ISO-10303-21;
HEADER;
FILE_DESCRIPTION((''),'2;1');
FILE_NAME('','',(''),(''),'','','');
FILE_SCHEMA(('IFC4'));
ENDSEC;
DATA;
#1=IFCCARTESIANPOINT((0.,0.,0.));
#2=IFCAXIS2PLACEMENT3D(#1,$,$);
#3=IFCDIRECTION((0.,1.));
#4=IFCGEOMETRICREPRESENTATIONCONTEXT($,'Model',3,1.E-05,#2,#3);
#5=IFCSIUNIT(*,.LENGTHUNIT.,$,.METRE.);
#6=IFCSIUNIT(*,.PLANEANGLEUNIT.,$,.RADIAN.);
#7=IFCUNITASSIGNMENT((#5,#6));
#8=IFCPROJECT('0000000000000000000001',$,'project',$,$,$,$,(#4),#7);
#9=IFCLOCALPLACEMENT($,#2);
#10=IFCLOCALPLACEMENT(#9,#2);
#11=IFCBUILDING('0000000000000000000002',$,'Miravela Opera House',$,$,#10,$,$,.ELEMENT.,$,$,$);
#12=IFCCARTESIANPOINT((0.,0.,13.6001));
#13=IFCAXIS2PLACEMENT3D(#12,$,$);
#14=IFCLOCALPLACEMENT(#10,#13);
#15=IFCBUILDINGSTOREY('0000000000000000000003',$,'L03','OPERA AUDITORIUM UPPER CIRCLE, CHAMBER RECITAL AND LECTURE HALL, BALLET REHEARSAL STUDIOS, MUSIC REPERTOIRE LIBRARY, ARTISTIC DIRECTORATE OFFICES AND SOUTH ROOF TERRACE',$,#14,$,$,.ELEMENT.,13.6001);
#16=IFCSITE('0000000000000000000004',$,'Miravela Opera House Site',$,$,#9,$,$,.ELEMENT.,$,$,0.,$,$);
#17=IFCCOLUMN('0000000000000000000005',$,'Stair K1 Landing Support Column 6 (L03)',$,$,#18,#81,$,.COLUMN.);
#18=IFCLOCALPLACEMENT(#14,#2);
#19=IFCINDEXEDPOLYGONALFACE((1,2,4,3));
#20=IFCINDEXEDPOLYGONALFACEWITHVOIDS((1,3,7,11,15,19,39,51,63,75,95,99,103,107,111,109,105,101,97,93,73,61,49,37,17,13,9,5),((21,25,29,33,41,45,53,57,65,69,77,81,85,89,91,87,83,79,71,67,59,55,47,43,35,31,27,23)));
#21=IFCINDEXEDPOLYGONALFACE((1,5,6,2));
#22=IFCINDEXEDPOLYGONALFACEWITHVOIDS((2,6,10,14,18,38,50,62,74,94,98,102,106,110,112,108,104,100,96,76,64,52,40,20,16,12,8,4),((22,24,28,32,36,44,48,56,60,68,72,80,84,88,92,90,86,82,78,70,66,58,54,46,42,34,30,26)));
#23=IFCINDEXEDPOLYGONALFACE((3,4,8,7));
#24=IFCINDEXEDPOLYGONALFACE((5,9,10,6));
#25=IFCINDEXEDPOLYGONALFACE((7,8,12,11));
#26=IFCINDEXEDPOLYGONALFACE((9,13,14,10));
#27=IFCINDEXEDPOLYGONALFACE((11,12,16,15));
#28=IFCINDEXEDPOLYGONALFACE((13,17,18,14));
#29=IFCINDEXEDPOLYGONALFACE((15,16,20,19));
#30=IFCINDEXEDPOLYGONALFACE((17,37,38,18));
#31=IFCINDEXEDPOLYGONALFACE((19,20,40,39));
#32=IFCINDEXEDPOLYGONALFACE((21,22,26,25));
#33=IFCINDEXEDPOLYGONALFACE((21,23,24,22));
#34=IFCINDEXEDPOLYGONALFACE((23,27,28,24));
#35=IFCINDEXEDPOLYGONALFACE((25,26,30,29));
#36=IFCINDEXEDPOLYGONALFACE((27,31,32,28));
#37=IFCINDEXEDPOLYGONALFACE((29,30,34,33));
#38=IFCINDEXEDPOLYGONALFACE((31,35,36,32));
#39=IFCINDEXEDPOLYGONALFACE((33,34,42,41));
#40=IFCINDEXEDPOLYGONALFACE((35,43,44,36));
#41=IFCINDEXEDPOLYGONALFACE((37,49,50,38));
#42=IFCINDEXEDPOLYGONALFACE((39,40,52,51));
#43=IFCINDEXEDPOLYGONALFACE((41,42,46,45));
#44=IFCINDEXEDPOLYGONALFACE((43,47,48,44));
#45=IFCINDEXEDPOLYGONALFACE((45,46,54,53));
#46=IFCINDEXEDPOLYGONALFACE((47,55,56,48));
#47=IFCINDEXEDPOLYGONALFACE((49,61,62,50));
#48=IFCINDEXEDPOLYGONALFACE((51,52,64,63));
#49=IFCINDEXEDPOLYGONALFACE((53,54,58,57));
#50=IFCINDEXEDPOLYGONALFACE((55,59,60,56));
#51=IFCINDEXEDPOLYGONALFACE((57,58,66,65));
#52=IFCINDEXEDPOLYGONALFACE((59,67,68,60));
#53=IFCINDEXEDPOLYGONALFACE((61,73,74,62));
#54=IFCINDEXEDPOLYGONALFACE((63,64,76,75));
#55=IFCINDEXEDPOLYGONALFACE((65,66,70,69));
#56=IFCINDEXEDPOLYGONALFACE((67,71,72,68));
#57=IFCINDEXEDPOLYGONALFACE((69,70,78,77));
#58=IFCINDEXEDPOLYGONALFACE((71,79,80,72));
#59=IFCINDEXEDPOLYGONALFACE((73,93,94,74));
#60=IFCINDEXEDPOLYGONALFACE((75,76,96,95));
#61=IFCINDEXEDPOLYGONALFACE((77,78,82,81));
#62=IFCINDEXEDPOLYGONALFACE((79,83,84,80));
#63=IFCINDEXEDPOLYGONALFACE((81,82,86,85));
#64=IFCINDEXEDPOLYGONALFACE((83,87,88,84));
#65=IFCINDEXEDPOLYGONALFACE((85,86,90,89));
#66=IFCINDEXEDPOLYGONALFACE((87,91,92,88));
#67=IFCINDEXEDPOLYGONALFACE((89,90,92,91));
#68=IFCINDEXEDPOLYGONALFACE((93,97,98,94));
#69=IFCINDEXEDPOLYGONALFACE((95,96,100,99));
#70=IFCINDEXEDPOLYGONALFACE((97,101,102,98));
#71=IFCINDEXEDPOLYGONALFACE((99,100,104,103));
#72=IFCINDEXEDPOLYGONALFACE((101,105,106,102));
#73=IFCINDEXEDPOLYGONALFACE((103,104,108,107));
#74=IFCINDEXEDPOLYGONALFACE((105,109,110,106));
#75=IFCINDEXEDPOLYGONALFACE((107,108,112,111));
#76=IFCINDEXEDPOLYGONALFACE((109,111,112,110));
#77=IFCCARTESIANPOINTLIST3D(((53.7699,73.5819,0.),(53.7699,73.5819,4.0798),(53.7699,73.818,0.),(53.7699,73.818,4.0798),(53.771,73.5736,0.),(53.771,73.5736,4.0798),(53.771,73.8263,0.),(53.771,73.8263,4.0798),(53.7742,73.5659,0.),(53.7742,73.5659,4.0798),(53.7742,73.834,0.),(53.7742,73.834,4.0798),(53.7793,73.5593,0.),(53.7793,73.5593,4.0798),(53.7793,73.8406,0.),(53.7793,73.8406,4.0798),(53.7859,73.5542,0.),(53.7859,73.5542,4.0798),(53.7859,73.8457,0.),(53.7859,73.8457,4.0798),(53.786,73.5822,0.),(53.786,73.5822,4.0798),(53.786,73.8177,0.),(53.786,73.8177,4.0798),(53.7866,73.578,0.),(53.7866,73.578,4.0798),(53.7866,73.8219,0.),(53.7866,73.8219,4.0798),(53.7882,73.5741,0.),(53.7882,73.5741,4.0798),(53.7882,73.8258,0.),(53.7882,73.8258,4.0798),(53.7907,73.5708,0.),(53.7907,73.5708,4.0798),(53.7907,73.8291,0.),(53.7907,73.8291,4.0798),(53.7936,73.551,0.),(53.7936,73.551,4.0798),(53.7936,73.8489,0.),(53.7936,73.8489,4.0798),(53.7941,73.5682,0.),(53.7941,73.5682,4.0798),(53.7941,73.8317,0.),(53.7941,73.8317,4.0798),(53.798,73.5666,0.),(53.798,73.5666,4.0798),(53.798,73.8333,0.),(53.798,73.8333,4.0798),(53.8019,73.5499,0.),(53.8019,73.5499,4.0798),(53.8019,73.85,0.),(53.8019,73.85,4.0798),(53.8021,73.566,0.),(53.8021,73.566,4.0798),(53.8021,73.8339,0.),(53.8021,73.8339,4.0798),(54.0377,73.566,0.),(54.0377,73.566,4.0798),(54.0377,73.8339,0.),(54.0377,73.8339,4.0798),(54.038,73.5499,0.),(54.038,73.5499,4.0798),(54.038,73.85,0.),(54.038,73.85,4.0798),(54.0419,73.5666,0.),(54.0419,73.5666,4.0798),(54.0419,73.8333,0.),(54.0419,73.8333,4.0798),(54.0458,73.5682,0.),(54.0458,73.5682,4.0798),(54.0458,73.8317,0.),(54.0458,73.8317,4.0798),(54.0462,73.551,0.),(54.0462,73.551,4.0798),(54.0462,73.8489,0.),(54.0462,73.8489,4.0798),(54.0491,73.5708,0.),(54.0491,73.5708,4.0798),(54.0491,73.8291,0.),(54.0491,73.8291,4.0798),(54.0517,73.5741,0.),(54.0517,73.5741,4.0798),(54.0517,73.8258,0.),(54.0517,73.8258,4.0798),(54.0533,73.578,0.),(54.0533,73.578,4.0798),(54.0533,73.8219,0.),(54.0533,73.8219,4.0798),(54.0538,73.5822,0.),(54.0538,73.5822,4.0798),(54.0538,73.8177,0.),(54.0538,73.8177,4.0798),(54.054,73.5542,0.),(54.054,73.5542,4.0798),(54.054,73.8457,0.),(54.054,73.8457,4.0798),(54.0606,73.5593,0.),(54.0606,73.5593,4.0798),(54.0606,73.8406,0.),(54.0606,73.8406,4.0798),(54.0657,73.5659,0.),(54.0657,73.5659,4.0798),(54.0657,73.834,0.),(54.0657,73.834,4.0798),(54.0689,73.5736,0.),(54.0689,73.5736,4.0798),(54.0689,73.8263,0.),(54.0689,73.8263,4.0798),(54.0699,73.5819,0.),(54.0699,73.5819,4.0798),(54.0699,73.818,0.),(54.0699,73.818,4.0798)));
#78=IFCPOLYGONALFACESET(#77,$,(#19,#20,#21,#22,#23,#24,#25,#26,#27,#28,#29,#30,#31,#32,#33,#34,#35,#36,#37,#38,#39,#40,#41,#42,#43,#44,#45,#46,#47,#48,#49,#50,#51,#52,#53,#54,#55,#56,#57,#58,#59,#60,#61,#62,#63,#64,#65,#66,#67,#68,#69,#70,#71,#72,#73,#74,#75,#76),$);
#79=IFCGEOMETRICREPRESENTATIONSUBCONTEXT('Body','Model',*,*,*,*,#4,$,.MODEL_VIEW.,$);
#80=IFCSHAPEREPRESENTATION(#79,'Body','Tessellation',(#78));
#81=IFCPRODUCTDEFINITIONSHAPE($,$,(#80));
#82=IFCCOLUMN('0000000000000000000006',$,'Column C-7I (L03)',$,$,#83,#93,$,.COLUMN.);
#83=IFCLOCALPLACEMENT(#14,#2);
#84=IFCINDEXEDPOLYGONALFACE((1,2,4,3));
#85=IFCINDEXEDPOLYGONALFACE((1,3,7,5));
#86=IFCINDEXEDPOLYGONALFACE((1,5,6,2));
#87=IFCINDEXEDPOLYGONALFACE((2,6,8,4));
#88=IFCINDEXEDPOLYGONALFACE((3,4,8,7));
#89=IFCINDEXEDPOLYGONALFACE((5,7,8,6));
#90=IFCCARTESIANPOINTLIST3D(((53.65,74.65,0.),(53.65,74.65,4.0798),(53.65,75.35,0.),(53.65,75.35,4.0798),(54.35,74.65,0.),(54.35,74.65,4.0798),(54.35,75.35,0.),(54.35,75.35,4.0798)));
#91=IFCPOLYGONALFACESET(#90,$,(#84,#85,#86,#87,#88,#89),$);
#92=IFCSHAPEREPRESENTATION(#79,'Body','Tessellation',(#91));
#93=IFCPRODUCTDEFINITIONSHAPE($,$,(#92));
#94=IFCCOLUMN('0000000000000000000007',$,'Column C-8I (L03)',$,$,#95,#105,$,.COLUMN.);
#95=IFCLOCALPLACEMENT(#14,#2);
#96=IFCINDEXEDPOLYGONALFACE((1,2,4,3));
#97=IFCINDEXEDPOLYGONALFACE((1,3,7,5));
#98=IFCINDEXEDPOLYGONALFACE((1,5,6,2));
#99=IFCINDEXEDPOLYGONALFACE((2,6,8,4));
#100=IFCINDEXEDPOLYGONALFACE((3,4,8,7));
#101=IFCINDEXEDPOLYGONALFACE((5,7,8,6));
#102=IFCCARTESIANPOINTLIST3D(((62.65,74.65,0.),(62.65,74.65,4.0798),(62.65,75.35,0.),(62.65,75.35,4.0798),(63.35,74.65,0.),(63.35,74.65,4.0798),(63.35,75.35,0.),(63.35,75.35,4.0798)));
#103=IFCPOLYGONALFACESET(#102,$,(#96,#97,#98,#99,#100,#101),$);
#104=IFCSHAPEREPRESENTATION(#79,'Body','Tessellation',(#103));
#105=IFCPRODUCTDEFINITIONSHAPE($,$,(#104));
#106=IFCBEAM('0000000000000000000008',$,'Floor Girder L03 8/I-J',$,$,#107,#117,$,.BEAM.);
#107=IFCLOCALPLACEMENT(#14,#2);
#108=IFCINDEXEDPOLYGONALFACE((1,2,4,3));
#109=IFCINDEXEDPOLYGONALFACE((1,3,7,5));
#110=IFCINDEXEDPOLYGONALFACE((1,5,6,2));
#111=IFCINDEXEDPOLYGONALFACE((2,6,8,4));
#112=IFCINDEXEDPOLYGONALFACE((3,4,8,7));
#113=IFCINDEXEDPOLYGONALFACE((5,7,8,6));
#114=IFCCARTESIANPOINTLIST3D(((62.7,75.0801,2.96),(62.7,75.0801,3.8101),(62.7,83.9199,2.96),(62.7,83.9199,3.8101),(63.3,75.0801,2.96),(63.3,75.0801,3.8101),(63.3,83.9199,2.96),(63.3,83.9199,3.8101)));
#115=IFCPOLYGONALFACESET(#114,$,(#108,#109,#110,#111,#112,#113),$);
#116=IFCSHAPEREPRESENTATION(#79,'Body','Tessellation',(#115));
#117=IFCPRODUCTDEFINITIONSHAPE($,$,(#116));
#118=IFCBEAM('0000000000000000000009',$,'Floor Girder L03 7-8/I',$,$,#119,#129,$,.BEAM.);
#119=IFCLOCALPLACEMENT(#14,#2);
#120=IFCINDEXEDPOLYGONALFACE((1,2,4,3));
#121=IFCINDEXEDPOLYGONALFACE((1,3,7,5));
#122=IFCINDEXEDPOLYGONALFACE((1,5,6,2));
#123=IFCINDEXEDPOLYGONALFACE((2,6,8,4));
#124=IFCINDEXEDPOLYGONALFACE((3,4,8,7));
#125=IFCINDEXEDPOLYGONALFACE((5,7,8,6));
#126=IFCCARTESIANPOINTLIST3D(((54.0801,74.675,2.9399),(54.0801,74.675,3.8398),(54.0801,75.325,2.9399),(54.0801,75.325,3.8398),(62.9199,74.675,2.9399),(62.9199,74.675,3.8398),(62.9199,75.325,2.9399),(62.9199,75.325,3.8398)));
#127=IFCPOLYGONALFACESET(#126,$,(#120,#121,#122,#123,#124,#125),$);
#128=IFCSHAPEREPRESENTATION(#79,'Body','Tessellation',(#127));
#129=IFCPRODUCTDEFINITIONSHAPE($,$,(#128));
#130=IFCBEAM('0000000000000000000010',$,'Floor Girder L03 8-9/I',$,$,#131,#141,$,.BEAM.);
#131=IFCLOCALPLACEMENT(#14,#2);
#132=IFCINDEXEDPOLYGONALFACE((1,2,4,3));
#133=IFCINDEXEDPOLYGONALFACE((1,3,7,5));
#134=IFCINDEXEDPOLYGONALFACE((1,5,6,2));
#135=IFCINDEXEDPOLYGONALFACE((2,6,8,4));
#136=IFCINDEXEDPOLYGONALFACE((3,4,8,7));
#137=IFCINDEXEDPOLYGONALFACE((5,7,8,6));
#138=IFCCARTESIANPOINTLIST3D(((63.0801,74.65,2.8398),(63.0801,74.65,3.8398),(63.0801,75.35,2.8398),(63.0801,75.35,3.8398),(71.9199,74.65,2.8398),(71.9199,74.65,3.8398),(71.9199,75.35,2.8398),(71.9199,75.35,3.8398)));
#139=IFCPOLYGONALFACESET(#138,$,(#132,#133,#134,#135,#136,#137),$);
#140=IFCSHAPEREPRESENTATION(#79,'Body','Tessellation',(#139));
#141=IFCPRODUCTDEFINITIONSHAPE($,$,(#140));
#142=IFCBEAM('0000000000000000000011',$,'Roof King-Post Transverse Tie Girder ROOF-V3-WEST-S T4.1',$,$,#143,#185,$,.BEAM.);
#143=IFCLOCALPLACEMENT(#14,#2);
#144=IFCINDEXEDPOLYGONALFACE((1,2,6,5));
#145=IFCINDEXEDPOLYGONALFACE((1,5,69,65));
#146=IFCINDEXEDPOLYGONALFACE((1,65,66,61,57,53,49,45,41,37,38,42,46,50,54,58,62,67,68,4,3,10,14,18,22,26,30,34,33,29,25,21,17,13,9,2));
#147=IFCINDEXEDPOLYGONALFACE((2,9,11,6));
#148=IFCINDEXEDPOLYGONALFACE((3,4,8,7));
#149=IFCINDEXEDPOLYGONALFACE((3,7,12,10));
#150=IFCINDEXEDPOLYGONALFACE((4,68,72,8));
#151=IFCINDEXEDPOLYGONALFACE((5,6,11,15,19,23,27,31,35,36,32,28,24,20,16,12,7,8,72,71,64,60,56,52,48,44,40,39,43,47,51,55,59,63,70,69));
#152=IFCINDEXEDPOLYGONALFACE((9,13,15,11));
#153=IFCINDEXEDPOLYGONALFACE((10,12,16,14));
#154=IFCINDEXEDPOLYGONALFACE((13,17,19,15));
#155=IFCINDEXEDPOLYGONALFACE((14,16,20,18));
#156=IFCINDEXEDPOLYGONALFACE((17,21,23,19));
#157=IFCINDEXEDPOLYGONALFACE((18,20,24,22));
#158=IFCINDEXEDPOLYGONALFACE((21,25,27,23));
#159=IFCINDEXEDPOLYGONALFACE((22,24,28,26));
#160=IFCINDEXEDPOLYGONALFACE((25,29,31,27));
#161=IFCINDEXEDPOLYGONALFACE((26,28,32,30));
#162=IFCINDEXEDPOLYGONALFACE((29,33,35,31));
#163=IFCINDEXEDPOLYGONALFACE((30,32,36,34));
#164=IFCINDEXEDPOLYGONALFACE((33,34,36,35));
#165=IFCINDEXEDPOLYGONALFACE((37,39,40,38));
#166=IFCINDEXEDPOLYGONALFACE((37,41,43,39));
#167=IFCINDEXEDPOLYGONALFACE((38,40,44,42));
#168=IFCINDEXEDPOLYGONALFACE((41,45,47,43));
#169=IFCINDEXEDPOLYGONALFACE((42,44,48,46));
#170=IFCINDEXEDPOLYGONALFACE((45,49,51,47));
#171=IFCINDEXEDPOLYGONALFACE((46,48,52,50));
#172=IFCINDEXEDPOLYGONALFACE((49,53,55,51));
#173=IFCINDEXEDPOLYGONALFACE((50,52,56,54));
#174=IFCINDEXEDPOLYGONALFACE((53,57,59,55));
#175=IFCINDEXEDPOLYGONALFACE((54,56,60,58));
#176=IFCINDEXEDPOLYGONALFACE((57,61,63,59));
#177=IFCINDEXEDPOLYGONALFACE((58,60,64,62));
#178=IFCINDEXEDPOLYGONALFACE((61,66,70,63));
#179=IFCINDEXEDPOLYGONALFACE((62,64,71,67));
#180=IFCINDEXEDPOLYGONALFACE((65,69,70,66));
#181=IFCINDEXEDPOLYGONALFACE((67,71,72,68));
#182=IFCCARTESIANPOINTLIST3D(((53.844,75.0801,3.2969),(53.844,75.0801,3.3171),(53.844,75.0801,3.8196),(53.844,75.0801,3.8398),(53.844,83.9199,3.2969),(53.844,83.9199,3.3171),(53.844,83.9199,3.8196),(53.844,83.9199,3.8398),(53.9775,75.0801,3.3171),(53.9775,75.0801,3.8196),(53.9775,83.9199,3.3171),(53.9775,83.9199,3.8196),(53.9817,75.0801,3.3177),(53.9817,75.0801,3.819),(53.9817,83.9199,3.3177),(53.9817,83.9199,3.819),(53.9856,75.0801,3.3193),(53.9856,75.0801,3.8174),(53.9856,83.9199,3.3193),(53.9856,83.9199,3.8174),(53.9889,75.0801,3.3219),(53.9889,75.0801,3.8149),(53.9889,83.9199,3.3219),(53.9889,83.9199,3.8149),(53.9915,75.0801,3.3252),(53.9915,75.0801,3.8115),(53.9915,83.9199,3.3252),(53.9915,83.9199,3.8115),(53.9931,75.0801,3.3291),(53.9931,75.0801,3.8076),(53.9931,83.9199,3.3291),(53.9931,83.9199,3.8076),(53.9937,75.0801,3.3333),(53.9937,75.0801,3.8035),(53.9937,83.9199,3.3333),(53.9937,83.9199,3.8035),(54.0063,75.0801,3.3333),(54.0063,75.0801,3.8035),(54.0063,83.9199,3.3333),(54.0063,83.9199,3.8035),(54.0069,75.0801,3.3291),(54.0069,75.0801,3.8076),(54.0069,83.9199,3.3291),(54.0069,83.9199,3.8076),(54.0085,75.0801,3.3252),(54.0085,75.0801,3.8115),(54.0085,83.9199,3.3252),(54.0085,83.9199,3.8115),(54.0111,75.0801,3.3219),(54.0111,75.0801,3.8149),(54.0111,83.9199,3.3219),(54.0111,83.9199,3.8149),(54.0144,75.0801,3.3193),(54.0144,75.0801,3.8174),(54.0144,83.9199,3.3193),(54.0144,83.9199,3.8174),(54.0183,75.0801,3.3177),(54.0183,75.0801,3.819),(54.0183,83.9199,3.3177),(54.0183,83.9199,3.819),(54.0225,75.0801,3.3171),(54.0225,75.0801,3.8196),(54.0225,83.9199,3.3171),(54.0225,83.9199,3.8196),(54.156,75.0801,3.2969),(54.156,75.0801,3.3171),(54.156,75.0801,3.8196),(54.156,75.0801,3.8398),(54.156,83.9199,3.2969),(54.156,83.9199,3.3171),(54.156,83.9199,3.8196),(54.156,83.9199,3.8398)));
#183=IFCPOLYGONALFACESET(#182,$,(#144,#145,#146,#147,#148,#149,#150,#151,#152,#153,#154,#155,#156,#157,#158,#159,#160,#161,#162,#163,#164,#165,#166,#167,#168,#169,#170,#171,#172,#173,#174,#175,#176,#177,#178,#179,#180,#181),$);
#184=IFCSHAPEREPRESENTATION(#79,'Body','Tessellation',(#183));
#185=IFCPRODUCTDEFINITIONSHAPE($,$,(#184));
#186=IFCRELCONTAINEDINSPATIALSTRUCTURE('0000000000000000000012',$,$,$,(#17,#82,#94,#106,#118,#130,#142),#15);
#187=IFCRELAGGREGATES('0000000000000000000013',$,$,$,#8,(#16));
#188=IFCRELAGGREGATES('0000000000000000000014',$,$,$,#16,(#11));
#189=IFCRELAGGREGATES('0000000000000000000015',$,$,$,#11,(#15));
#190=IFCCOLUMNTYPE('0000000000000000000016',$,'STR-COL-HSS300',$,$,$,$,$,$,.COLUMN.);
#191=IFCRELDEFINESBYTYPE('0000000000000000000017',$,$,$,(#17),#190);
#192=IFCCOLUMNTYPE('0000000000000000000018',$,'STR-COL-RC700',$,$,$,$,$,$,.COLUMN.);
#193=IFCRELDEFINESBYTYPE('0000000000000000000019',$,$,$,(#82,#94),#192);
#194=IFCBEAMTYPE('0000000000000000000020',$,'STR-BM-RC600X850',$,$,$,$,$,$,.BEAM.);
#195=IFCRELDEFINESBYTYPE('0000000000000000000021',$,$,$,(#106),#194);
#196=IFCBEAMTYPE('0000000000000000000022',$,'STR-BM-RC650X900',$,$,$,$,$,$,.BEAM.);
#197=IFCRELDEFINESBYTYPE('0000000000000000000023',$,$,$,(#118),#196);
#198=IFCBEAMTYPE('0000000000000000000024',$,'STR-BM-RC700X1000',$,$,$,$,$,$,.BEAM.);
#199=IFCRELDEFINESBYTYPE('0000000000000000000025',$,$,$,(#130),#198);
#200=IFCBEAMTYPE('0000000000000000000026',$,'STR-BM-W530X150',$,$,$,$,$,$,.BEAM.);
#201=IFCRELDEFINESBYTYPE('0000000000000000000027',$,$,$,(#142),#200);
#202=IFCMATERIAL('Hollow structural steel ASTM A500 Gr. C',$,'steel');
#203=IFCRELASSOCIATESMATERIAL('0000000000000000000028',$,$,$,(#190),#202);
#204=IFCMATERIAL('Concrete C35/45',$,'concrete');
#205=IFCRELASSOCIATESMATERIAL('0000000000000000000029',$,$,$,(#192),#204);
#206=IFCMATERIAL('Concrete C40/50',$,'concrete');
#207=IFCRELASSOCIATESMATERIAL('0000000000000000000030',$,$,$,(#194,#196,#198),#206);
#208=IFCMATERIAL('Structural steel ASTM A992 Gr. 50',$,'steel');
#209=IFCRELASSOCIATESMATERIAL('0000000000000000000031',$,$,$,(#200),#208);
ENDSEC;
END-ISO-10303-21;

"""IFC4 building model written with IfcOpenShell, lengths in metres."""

from ifc_helpers import new_model, si_unit, direction, frame, origin, origin_2d, place, context, subcontext, project, spatial, rectangle, hollow_rectangle, i_section, extrude, material, material_profile, profile_set, type_object, element, save


model = new_model("IFC4")

# Units and contexts
model_context = context("Model", 3, precision=1e-05, world=origin(), true_north=direction((0.0, 1.0)))
body_context = subcontext(model_context, "Body", "Model", "MODEL_VIEW")
ifc_project = project(units=[si_unit("LENGTHUNIT", "METRE"), si_unit("PLANEANGLEUNIT", "RADIAN")], contexts=[model_context])

# Site, building, storey
site_placement = place(None, origin())
site = spatial("IfcSite", under=ifc_project, at=site_placement, Name="Miravela Opera House Site", CompositionType="ELEMENT", RefElevation=0.0)
building_placement = place(site_placement, origin())
building = spatial("IfcBuilding", under=site, at=building_placement, Name="Miravela Opera House", CompositionType="ELEMENT")
storey_placement = place(building_placement, frame((0.0, 0.0, 13.6001)))
storey = spatial("IfcBuildingStorey", under=building, at=storey_placement, Name="L03", Description="OPERA AUDITORIUM UPPER CIRCLE, CHAMBER RECITAL AND LECTURE HALL, BALLET REHEARSAL STUDIOS, MUSIC REPERTOIRE LIBRARY, ARTISTIC DIRECTORATE OFFICES AND SOUTH ROOF TERRACE", CompositionType="ELEMENT", Elevation=13.6001)

# Columns
ifc_material_1 = material(Name="Hollow structural steel ASTM A500 Gr. C", Category="steel")
ifc_material_profile_1 = material_profile(ifc_material_1, hollow_rectangle(XDim=0.3, YDim=0.3, WallThickness=0.0161, InnerFilletRadius=0.0161, OuterFilletRadius=0.032, at=origin_2d()), Name="HSS300X300X16")
ifc_profile_set_1 = profile_set([ifc_material_profile_1])
column_type_1 = type_object("IfcColumnType", Name="STR-COL-HSS300", PredefinedType="COLUMN", material=ifc_profile_set_1)
for number, where, z_axis, x_axis, name in (
    (1, (53.9199, 73.7, 0.0), (0.0, 0.0, 1.0), (1.0, 0.0, 0.0), "Stair K1 Landing Support Column 6 (L03)"),
):
    element("IfcColumn", number, at=place(storey_placement, frame(where, z_axis=z_axis, x_axis=x_axis)), inside=storey, type_object=column_type_1, Name=name, PredefinedType="COLUMN", context=body_context, shape_type="SweptSolid", body=[
        extrude(hollow_rectangle(XDim=0.3, YDim=0.3, WallThickness=0.0161, InnerFilletRadius=0.0161, OuterFilletRadius=0.032, at=origin_2d()), origin(), (0.0, 0.0, 1.0), 4.0798),
    ])
ifc_material_2 = material(Name="Concrete C35/45", Category="concrete")
ifc_material_profile_2 = material_profile(ifc_material_2, rectangle(XDim=0.7, YDim=0.7, at=origin_2d()), Name="RC-COL-700X700")
ifc_profile_set_2 = profile_set([ifc_material_profile_2])
column_type_2 = type_object("IfcColumnType", Name="STR-COL-RC700", PredefinedType="COLUMN", material=ifc_profile_set_2)
for number, where, z_axis, x_axis, name in (
    (2, (54.0, 75.0, 0.0), (0.0, 0.0, 1.0), (1.0, 0.0, 0.0), "Column C-7I (L03)"),
    (3, (63.0, 75.0, 0.0), (0.0, 0.0, 1.0), (1.0, 0.0, 0.0), "Column C-8I (L03)"),
):
    element("IfcColumn", number, at=place(storey_placement, frame(where, z_axis=z_axis, x_axis=x_axis)), inside=storey, type_object=column_type_2, Name=name, PredefinedType="COLUMN", context=body_context, shape_type="SweptSolid", body=[
        extrude(rectangle(XDim=0.7, YDim=0.7, at=origin_2d()), origin(), (0.0, 0.0, 1.0), 4.0798),
    ])

# Beams
ifc_material_3 = material(Name="Concrete C40/50", Category="concrete")
ifc_material_profile_3 = material_profile(ifc_material_3, rectangle(XDim=0.6001, YDim=0.8501, at=origin_2d()), Name="RC-BM-600X850")
ifc_profile_set_3 = profile_set([ifc_material_profile_3])
beam_type_1 = type_object("IfcBeamType", Name="STR-BM-RC600X850", PredefinedType="BEAM", material=ifc_profile_set_3)
beam_1_placement = place(storey_placement, frame((63.0, 75.0801, 3.385), z_axis=(0.0, 1.0, 0.0), x_axis=(-1.0, 0.0, 0.0)))
element("IfcBeam", 4, at=beam_1_placement, inside=storey, type_object=beam_type_1, Name="Floor Girder L03 8/I-J", PredefinedType="BEAM", context=body_context, shape_type="SweptSolid", body=[
    extrude(rectangle(XDim=0.6001, YDim=0.8501, at=origin_2d()), origin(), (0.0, 0.0, 1.0), 8.8398),
])
ifc_material_profile_4 = material_profile(ifc_material_3, rectangle(XDim=0.6499, YDim=0.8999, at=origin_2d()), Name="RC-BM-650X900")
ifc_profile_set_4 = profile_set([ifc_material_profile_4])
beam_type_2 = type_object("IfcBeamType", Name="STR-BM-RC650X900", PredefinedType="BEAM", material=ifc_profile_set_4)
beam_2_placement = place(storey_placement, frame((54.0801, 75.0, 3.3899), z_axis=(1.0, 0.0, 0.0), x_axis=(0.0, 1.0, 0.0)))
element("IfcBeam", 5, at=beam_2_placement, inside=storey, type_object=beam_type_2, Name="Floor Girder L03 7-8/I", PredefinedType="BEAM", context=body_context, shape_type="SweptSolid", body=[
    extrude(rectangle(XDim=0.6499, YDim=0.8999, at=origin_2d()), origin(), (0.0, 0.0, 1.0), 8.8398),
])
ifc_material_profile_5 = material_profile(ifc_material_3, rectangle(XDim=0.7, YDim=1.0, at=origin_2d()), Name="RC-BM-700X1000")
ifc_profile_set_5 = profile_set([ifc_material_profile_5])
beam_type_3 = type_object("IfcBeamType", Name="STR-BM-RC700X1000", PredefinedType="BEAM", material=ifc_profile_set_5)
beam_3_placement = place(storey_placement, frame((63.0801, 75.0, 3.3398), z_axis=(1.0, 0.0, 0.0), x_axis=(0.0, 1.0, 0.0)))
element("IfcBeam", 6, at=beam_3_placement, inside=storey, type_object=beam_type_3, Name="Floor Girder L03 8-9/I", PredefinedType="BEAM", context=body_context, shape_type="SweptSolid", body=[
    extrude(rectangle(XDim=0.7, YDim=1.0, at=origin_2d()), origin(), (0.0, 0.0, 1.0), 8.8398),
])
ifc_material_4 = material(Name="Structural steel ASTM A992 Gr. 50", Category="steel")
ifc_material_profile_6 = material_profile(ifc_material_4, i_section(OverallWidth=0.312, OverallDepth=0.543, WebThickness=0.0127, FlangeThickness=0.0203, FilletRadius=0.0161, at=origin_2d()), Name="W530X150")
ifc_profile_set_6 = profile_set([ifc_material_profile_6])
beam_type_4 = type_object("IfcBeamType", Name="STR-BM-W530X150", PredefinedType="BEAM", material=ifc_profile_set_6)
beam_4_placement = place(storey_placement, frame((54.0, 75.0801, 3.5684), z_axis=(0.0, 1.0, 0.0), x_axis=(-1.0, 0.0, 0.0)))
element("IfcBeam", 7, at=beam_4_placement, inside=storey, type_object=beam_type_4, Name="Roof King-Post Transverse Tie Girder ROOF-V3-WEST-S T4.1", PredefinedType="BEAM", context=body_context, shape_type="SweptSolid", body=[
    extrude(i_section(OverallWidth=0.312, OverallDepth=0.543, WebThickness=0.0127, FlangeThickness=0.0203, FilletRadius=0.0161, at=origin_2d()), origin(), (0.0, 0.0, 1.0), 8.8398),
])

save(model, "model.ifc")
